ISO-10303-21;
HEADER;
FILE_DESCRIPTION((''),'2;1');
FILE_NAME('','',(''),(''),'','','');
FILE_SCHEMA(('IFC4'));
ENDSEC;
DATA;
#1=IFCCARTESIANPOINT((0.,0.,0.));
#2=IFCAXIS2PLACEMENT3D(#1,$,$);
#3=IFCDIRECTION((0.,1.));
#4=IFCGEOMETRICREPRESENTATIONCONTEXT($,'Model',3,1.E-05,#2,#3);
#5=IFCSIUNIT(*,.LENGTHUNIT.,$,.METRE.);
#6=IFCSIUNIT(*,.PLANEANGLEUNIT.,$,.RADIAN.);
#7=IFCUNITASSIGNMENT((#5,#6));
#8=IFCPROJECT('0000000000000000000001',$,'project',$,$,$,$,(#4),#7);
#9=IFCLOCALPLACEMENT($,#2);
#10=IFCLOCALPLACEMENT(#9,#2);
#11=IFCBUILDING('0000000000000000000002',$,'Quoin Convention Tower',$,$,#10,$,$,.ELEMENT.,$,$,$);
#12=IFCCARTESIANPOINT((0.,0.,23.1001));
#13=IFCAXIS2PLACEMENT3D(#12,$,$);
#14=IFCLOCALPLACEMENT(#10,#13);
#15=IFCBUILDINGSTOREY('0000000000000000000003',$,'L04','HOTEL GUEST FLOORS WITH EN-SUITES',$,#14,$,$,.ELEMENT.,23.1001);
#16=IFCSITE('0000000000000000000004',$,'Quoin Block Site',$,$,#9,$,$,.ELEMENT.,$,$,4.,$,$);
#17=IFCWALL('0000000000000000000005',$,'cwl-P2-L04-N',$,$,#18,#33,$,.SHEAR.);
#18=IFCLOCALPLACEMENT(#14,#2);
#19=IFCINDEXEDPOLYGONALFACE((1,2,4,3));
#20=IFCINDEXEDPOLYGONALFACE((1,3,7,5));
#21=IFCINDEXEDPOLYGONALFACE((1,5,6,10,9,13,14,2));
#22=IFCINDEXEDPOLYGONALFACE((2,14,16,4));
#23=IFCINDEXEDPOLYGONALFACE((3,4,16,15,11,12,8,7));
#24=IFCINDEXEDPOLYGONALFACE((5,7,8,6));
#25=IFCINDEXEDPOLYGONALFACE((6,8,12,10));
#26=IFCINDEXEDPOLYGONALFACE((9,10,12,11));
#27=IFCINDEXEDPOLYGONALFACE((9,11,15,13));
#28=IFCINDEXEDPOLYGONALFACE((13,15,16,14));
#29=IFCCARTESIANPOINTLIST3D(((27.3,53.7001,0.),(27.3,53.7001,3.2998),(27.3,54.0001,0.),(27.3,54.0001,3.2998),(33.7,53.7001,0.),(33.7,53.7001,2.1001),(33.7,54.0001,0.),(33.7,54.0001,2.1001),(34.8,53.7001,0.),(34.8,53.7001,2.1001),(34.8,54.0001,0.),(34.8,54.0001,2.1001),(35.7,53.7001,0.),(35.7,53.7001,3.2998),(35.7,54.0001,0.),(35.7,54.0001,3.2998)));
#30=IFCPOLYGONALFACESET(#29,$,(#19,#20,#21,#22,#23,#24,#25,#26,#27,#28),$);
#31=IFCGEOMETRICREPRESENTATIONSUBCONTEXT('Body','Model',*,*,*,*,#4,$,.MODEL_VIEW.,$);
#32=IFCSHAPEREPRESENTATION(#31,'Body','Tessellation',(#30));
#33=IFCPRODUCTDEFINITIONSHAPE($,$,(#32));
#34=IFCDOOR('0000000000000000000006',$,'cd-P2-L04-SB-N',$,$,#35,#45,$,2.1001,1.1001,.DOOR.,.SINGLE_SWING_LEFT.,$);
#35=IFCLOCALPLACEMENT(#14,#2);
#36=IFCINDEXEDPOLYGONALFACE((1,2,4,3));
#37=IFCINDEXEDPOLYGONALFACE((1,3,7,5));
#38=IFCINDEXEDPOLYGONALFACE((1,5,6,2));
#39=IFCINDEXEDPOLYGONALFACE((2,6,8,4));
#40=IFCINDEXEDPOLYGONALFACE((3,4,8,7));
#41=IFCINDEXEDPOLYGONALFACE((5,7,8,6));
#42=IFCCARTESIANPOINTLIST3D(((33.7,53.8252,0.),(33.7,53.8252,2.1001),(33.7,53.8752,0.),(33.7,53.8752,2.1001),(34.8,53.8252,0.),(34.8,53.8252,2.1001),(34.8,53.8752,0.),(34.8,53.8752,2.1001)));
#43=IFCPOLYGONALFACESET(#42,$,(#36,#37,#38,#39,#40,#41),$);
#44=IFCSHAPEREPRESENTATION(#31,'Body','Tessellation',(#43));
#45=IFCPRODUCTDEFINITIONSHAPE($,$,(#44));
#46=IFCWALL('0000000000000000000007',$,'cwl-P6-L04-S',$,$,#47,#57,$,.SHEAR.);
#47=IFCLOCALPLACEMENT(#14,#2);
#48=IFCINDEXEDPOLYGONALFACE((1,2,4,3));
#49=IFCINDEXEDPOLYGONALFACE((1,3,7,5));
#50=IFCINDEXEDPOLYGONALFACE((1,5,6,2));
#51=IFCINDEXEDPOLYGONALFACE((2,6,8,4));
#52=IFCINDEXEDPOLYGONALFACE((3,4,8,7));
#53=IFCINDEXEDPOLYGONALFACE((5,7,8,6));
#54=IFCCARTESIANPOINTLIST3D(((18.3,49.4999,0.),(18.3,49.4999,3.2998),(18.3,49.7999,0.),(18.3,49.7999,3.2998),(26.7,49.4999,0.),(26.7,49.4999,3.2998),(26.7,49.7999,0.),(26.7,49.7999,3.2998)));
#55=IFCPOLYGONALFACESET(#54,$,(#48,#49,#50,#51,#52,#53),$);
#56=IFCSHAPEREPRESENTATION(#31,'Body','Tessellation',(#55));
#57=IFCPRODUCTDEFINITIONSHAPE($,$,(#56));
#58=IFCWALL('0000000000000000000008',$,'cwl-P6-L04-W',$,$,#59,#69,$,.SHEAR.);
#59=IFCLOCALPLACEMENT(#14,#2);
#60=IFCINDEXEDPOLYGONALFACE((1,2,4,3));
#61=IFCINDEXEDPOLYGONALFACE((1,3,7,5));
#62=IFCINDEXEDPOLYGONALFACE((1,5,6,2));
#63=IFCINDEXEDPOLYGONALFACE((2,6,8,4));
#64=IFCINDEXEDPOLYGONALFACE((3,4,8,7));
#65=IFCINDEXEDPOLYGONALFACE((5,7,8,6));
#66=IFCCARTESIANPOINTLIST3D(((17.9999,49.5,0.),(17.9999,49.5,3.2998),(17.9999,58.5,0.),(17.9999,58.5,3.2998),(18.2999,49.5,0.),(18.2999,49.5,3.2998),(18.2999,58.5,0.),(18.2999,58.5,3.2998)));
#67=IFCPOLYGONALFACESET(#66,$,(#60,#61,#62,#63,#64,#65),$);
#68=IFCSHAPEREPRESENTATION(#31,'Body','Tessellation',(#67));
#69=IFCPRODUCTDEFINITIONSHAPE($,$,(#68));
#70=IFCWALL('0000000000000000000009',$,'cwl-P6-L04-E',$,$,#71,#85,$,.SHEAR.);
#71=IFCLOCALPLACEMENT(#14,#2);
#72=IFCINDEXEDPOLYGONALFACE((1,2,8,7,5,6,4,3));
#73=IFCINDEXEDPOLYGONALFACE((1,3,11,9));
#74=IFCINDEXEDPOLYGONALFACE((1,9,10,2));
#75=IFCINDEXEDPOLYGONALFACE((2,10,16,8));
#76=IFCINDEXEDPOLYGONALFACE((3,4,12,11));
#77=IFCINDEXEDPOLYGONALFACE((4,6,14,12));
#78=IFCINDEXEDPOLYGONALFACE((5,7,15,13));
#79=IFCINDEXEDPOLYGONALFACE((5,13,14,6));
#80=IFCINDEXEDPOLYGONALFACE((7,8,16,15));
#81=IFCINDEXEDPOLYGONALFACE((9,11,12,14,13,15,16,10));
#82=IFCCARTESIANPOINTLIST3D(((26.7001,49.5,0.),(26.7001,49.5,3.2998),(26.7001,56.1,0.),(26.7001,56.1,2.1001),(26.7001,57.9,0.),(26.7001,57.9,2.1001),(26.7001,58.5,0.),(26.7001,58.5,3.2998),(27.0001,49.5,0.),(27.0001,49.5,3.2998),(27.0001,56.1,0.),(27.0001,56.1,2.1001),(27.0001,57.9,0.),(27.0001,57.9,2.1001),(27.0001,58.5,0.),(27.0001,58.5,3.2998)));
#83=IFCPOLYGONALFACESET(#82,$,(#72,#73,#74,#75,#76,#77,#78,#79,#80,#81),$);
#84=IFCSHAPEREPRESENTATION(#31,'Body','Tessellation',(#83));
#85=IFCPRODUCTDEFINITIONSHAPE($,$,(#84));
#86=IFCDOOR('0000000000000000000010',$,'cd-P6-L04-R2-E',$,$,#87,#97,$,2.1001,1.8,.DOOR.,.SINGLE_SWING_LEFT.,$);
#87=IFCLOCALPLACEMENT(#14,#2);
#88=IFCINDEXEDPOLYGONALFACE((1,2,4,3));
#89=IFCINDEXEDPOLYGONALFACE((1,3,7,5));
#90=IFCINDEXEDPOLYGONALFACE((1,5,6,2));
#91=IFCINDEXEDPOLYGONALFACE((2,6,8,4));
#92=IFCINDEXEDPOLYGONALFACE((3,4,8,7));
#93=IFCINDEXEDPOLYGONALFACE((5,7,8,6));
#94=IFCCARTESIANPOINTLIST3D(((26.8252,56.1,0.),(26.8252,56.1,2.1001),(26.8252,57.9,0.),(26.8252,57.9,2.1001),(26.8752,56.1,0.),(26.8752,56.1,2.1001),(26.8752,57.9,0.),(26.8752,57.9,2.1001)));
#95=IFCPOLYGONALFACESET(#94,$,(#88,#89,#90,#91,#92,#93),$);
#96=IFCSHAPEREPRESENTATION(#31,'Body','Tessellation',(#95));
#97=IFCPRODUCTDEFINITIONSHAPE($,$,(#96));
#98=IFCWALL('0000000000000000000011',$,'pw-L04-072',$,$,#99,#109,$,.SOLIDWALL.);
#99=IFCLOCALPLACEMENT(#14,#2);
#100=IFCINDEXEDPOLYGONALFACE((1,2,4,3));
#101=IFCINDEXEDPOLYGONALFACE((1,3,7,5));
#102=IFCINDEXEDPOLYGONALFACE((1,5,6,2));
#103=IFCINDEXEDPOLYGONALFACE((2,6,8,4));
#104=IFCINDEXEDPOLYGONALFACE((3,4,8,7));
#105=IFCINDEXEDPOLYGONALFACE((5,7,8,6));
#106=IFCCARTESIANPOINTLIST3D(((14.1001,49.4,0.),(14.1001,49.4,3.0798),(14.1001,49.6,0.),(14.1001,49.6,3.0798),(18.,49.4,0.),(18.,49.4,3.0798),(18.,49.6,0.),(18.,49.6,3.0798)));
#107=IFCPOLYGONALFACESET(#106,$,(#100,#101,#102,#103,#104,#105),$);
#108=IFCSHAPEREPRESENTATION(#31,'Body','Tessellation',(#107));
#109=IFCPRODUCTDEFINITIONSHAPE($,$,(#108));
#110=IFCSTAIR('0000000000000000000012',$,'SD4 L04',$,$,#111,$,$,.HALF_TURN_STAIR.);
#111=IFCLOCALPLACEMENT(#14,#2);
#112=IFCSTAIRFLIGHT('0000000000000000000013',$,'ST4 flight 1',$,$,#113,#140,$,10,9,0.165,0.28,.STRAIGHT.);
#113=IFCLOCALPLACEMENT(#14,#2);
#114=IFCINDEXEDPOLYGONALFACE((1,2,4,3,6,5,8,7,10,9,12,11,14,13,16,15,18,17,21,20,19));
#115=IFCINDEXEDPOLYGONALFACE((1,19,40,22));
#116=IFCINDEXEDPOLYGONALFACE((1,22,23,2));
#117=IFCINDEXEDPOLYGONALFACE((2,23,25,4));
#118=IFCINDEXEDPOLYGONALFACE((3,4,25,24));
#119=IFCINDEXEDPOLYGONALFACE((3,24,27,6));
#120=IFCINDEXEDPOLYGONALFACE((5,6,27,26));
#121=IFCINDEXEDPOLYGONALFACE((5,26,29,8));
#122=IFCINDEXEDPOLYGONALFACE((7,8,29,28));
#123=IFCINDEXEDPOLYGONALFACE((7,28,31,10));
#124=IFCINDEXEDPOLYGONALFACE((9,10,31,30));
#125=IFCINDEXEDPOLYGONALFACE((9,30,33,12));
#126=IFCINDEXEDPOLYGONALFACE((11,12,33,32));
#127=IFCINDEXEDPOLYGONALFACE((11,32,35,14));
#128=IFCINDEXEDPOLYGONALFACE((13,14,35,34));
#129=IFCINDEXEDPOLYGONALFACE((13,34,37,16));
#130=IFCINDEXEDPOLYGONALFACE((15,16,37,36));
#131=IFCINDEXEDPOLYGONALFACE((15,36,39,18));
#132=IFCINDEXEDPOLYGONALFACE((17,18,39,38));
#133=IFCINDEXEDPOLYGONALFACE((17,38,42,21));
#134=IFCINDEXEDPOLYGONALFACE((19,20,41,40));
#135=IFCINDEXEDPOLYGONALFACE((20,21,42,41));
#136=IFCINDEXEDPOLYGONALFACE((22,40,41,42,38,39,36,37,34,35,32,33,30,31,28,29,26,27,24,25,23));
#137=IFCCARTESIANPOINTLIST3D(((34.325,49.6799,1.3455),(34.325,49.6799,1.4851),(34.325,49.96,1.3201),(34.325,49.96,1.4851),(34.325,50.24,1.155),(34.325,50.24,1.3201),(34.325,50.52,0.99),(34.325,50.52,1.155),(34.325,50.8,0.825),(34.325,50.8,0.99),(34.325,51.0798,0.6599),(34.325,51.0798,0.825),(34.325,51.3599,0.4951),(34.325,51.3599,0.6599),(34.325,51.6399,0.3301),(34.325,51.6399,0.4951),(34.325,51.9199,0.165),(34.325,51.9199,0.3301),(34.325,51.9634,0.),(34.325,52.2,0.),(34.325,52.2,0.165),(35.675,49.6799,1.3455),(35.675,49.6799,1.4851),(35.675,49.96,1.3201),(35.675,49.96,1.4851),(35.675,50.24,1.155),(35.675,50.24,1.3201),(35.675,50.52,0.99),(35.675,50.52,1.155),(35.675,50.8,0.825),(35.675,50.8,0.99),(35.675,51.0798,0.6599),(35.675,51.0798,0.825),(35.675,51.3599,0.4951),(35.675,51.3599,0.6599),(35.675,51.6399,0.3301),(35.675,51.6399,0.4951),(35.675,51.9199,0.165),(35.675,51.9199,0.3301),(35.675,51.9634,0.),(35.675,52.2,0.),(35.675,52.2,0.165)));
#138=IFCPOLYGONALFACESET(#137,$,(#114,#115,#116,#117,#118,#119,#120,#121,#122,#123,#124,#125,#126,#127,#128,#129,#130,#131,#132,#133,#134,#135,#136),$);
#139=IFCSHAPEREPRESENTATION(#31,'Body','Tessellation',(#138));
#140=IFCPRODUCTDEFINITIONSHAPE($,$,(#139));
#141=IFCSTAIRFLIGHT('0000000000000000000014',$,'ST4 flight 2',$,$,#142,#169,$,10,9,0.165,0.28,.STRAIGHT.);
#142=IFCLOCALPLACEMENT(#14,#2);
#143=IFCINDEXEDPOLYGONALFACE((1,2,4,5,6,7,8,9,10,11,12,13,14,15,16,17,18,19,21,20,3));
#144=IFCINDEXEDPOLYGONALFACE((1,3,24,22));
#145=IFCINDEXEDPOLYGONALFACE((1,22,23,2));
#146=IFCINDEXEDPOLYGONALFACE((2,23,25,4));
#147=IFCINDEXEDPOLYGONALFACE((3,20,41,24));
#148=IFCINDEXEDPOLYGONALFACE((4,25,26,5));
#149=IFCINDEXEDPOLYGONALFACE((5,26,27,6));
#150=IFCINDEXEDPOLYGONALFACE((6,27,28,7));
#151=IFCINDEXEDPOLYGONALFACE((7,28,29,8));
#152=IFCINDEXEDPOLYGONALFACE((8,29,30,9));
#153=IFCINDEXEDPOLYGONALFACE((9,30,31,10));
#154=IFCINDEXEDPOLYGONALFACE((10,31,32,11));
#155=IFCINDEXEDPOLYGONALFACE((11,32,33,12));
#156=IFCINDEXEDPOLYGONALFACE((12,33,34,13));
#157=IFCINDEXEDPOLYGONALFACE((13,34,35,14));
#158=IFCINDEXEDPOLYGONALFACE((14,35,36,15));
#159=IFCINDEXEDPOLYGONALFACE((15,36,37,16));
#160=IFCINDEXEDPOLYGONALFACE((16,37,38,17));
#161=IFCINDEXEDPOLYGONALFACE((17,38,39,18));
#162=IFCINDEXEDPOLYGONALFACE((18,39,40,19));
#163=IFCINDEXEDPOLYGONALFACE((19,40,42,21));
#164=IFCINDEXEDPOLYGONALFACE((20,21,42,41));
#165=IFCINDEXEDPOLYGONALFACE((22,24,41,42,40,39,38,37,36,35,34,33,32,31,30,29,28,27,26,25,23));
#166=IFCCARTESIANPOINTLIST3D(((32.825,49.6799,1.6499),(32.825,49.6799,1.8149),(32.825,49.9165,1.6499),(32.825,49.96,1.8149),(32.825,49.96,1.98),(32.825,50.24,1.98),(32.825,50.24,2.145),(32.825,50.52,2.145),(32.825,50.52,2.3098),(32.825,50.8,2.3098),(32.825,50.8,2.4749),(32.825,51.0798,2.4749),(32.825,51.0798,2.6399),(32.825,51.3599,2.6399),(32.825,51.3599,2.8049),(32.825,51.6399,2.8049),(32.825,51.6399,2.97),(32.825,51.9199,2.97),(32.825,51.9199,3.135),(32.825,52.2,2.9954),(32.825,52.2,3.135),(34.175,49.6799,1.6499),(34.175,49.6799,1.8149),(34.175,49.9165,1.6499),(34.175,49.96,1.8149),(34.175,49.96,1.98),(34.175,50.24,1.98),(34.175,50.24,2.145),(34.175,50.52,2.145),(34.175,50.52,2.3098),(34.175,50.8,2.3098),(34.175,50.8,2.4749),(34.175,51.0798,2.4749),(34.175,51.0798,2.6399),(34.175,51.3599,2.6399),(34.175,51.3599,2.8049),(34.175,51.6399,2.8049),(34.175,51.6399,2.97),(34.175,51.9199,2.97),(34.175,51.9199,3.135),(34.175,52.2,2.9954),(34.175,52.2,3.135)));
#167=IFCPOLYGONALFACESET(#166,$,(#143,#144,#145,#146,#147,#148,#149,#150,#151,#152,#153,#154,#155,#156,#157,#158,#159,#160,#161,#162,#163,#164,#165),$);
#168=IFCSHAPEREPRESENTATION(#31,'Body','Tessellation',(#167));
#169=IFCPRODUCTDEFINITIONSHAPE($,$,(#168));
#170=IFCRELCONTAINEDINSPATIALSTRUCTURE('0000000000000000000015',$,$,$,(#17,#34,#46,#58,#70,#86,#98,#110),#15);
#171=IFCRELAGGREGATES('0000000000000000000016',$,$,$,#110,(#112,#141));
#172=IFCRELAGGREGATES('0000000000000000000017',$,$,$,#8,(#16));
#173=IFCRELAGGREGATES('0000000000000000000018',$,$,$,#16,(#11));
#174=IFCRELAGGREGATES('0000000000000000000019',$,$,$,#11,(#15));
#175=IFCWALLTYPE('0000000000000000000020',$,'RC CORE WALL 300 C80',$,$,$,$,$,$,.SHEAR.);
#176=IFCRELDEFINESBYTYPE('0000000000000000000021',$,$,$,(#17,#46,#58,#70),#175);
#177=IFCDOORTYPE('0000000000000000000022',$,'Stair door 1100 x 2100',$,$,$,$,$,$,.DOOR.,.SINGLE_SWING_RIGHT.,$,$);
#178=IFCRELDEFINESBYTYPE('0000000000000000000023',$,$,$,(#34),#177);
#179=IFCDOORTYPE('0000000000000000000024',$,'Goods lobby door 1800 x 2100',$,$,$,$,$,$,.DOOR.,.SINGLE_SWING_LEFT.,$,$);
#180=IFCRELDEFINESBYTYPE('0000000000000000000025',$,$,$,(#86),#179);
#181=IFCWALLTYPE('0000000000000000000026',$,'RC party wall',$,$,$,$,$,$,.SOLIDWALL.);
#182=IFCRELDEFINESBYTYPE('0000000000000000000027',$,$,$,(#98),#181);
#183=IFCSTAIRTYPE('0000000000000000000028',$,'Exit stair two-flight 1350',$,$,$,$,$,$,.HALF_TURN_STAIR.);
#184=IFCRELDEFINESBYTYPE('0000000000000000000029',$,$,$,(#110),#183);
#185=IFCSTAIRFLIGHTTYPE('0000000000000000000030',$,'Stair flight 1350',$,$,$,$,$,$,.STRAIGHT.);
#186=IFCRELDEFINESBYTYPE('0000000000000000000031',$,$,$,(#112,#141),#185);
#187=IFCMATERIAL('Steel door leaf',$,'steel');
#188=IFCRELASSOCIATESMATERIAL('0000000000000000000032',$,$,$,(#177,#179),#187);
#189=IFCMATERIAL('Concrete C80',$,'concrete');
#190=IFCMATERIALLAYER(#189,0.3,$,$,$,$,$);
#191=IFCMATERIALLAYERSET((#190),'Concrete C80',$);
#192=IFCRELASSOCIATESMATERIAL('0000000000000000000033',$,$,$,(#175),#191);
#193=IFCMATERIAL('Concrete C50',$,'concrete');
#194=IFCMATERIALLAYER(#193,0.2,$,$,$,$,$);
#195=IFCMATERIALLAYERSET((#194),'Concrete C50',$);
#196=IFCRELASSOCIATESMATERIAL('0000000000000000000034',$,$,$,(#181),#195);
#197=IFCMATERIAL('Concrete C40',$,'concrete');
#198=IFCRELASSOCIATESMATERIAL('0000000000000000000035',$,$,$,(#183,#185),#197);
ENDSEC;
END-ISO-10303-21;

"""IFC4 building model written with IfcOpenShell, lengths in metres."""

from ifc_helpers import new_model, si_unit, direction, frame, frame_2d, origin, place, context, subcontext, project, spatial, polyline, rectangle, outline, extrude, material, layer, layer_set, type_object, element, fill, aggregate, save


model = new_model("IFC4")

# Units and contexts
model_context = context("Model", 3, precision=1e-05, world=origin(), true_north=direction((0.0, 1.0)))
body_context = subcontext(model_context, "Body", "Model", "MODEL_VIEW")
ifc_project = project(units=[si_unit("LENGTHUNIT", "METRE"), si_unit("PLANEANGLEUNIT", "RADIAN")], contexts=[model_context])

# Site, building, storey
site_placement = place(None, origin())
site = spatial("IfcSite", under=ifc_project, at=site_placement, Name="Quoin Block Site", CompositionType="ELEMENT", RefElevation=4.0)
building_placement = place(site_placement, origin())
building = spatial("IfcBuilding", under=site, at=building_placement, Name="Quoin Convention Tower", CompositionType="ELEMENT")
storey_placement = place(building_placement, frame((0.0, 0.0, 23.1001)))
storey = spatial("IfcBuildingStorey", under=building, at=storey_placement, Name="L04", Description="HOTEL GUEST FLOORS WITH EN-SUITES", CompositionType="ELEMENT", Elevation=23.1001)

# Shared definitions
ifc_material_1 = material(Name="Concrete C80", Category="concrete")

# Shared definitions
ifc_material_2 = material(Name="Concrete C50", Category="concrete")

# Shared definitions
ifc_material_3 = material(Name="Steel door leaf", Category="steel")
door_type_1 = type_object("IfcDoorType", Name="Stair door 1100 x 2100", OperationType="SINGLE_SWING_RIGHT", PredefinedType="DOOR", material=ifc_material_3)

# Wall, opening, door
ifc_layer_1 = layer(ifc_material_1, 0.3)
ifc_layer_set_1 = layer_set([ifc_layer_1], Name="Concrete C80")
wall_type_1 = type_object("IfcWallType", Name="RC CORE WALL 300 C80", PredefinedType="SHEAR", material=ifc_layer_set_1)
wall_1_placement = place(storey_placement, frame((27.3, 53.8501, 0.0), z_axis=(0.0, 0.0, 1.0), x_axis=(1.0, 0.0, 0.0)))
wall_1 = element("IfcWall", 1, at=wall_1_placement, inside=storey, type_object=wall_type_1, Name="cwl-P2-L04-N", PredefinedType="SHEAR", context=body_context, shape_type="SweptSolid", body=[
    extrude(rectangle(XDim=8.3999, YDim=0.3, at=frame_2d((4.2, 0.0))), origin(), (0.0, 0.0, 1.0), 3.2998),
])
opening_1_placement = place(wall_1_placement, frame((6.3999, 0.0, 0.0)))
opening_1 = element("IfcOpeningElement", 2, at=opening_1_placement, cuts=wall_1, PredefinedType="OPENING", context=body_context, shape_type="SweptSolid", body=[
    extrude(rectangle(XDim=1.1001, YDim=2.1001, at=frame_2d((0.55, 1.05))), frame((0.0, 0.1599, 0.0), z_axis=(0.0, -1.0, 0.0), x_axis=(1.0, 0.0, 0.0)), (0.0, 0.0, 1.0), 0.3201),
])
door_1_placement = place(opening_1_placement, frame((1.1001, 0.0, 0.0), z_axis=(0.0, 0.0, 1.0), x_axis=(-1.0, 0.0, 0.0)))
door_1 = element("IfcDoor", 3, at=door_1_placement, inside=storey, type_object=door_type_1, Name="cd-P2-L04-SB-N", OperationType="SINGLE_SWING_LEFT", OverallHeight=2.1001, OverallWidth=1.1001, PredefinedType="DOOR", context=body_context, shape_type="SweptSolid", body=[
    extrude(rectangle(XDim=1.1001, YDim=2.1001, at=frame_2d((0.55, 1.05))), frame((0.0, 0.0249, 0.0), z_axis=(0.0, -1.0, 0.0), x_axis=(1.0, 0.0, 0.0)), (0.0, 0.0, 1.0), 0.05),
])
fill(opening_1, door_1)

# Walls
wall_2_placement = place(storey_placement, frame((18.3, 49.6499, 0.0), z_axis=(0.0, 0.0, 1.0), x_axis=(1.0, 0.0, 0.0)))
element("IfcWall", 4, at=wall_2_placement, inside=storey, type_object=wall_type_1, Name="cwl-P6-L04-S", PredefinedType="SHEAR", context=body_context, shape_type="SweptSolid", body=[
    extrude(rectangle(XDim=8.3999, YDim=0.3, at=frame_2d((4.2, 0.0))), origin(), (0.0, 0.0, 1.0), 3.2998),
])
wall_3_placement = place(storey_placement, frame((18.1499, 49.5, 0.0), z_axis=(0.0, 0.0, 1.0), x_axis=(0.0, 1.0, 0.0)))
element("IfcWall", 5, at=wall_3_placement, inside=storey, type_object=wall_type_1, Name="cwl-P6-L04-W", PredefinedType="SHEAR", context=body_context, shape_type="SweptSolid", body=[
    extrude(rectangle(XDim=9.0, YDim=0.3, at=frame_2d((4.5, 0.0))), origin(), (0.0, 0.0, 1.0), 3.2998),
])

# Wall, opening, door
wall_4_placement = place(storey_placement, frame((26.8501, 49.5, 0.0), z_axis=(0.0, 0.0, 1.0), x_axis=(0.0, 1.0, 0.0)))
wall_4 = element("IfcWall", 6, at=wall_4_placement, inside=storey, type_object=wall_type_1, Name="cwl-P6-L04-E", PredefinedType="SHEAR", context=body_context, shape_type="SweptSolid", body=[
    extrude(rectangle(XDim=9.0, YDim=0.3, at=frame_2d((4.5, 0.0))), origin(), (0.0, 0.0, 1.0), 3.2998),
])
opening_2_placement = place(wall_4_placement, frame((6.6001, 0.0, 0.0)))
opening_2 = element("IfcOpeningElement", 7, at=opening_2_placement, cuts=wall_4, PredefinedType="OPENING", context=body_context, shape_type="SweptSolid", body=[
    extrude(rectangle(XDim=1.8, YDim=2.1001, at=frame_2d((0.8999, 1.05))), frame((0.0, 0.1599, 0.0), z_axis=(0.0, -1.0, 0.0), x_axis=(1.0, 0.0, 0.0)), (0.0, 0.0, 1.0), 0.3201),
])
door_type_2 = type_object("IfcDoorType", Name="Goods lobby door 1800 x 2100", OperationType="SINGLE_SWING_LEFT", PredefinedType="DOOR", material=ifc_material_3)
door_2_placement = place(opening_2_placement, origin())
door_2 = element("IfcDoor", 8, at=door_2_placement, inside=storey, type_object=door_type_2, Name="cd-P6-L04-R2-E", OperationType="SINGLE_SWING_LEFT", OverallHeight=2.1001, OverallWidth=1.8, PredefinedType="DOOR", context=body_context, shape_type="SweptSolid", body=[
    extrude(rectangle(XDim=1.8, YDim=2.1001, at=frame_2d((0.8999, 1.05))), frame((0.0, 0.0249, 0.0), z_axis=(0.0, -1.0, 0.0), x_axis=(1.0, 0.0, 0.0)), (0.0, 0.0, 1.0), 0.05),
])
fill(opening_2, door_2)

# Wall
ifc_layer_2 = layer(ifc_material_2, 0.2)
ifc_layer_set_2 = layer_set([ifc_layer_2], Name="Concrete C50")
wall_type_2 = type_object("IfcWallType", Name="RC party wall", PredefinedType="SOLIDWALL", material=ifc_layer_set_2)
wall_5_placement = place(storey_placement, frame((14.1001, 49.5, 0.0), z_axis=(0.0, 0.0, 1.0), x_axis=(1.0, 0.0, 0.0)))
element("IfcWall", 9, at=wall_5_placement, inside=storey, type_object=wall_type_2, Name="pw-L04-072", PredefinedType="SOLIDWALL", context=body_context, shape_type="SweptSolid", body=[
    extrude(rectangle(XDim=3.8999, YDim=0.2, at=frame_2d((1.95, 0.0))), origin(), (0.0, 0.0, 1.0), 3.0798),
])

# Stair, stair flights
ifc_material_4 = material(Name="Concrete C40", Category="concrete")
stair_type_1 = type_object("IfcStairType", Name="Exit stair two-flight 1350", PredefinedType="HALF_TURN_STAIR", material=ifc_material_4)
stair_1_placement = place(storey_placement, origin())
stair_1 = element("IfcStair", 10, at=stair_1_placement, inside=storey, type_object=stair_type_1, Name="SD4 L04", PredefinedType="HALF_TURN_STAIR")
stair_flight_type_1 = type_object("IfcStairFlightType", Name="Stair flight 1350", PredefinedType="STRAIGHT", material=ifc_material_4)
stair_flight_1_placement = place(storey_placement, frame((35.0, 52.2, 0.0), z_axis=(0.0, 0.0, 1.0), x_axis=(0.0, -1.0, 0.0)))
stair_flight_1 = element("IfcStairFlight", 11, at=stair_flight_1_placement, type_object=stair_flight_type_1, Name="ST4 flight 1", NumberOfRisers=10, NumberOfTreads=9, PredefinedType="STRAIGHT", RiserHeight=0.165, TreadLength=0.28, context=body_context, shape_type="SweptSolid", body=[
    extrude(outline(polyline([(0.0, 0.0), (0.0, 0.165), (0.28, 0.165), (0.28, 0.3301), (0.5601, 0.3301), (0.5601, 0.4951), (0.8401, 0.4951), (0.8401, 0.6599), (1.1201, 0.6599), (1.1201, 0.825), (1.3999, 0.825), (1.3999, 0.99), (1.6799, 0.99), (1.6799, 1.155), (1.96, 1.155), (1.96, 1.3201), (2.24, 1.3201), (2.24, 1.4851), (2.52, 1.4851), (2.52, 1.6499), (2.52, 1.3455), (0.2366, 0.0), (0.0, 0.0)])), frame((0.0, 0.675, 0.0), z_axis=(0.0, -1.0, 0.0), x_axis=(1.0, 0.0, 0.0)), (0.0, 0.0, 1.0), 1.3501),
])
stair_flight_2_placement = place(storey_placement, frame((33.5, 49.6799, 1.6499), z_axis=(0.0, 0.0, 1.0), x_axis=(0.0, 1.0, 0.0)))
stair_flight_2 = element("IfcStairFlight", 12, at=stair_flight_2_placement, type_object=stair_flight_type_1, Name="ST4 flight 2", NumberOfRisers=10, NumberOfTreads=9, PredefinedType="STRAIGHT", RiserHeight=0.165, TreadLength=0.28, context=body_context, shape_type="SweptSolid", body=[
    extrude(outline(polyline([(0.0, 0.0), (0.0, 0.165), (0.28, 0.165), (0.28, 0.3301), (0.5601, 0.3301), (0.5601, 0.4951), (0.8401, 0.4951), (0.8401, 0.6599), (1.1201, 0.6599), (1.1201, 0.825), (1.3999, 0.825), (1.3999, 0.99), (1.6799, 0.99), (1.6799, 1.155), (1.96, 1.155), (1.96, 1.3201), (2.24, 1.3201), (2.24, 1.4851), (2.52, 1.4851), (2.52, 1.6499), (2.52, 1.3455), (0.2366, 0.0), (0.0, 0.0)])), frame((0.0, 0.675, 0.0), z_axis=(0.0, -1.0, 0.0), x_axis=(1.0, 0.0, 0.0)), (0.0, 0.0, 1.0), 1.3501),
])
aggregate(stair_1, [stair_flight_1, stair_flight_2])

save(model, "model.ifc")
